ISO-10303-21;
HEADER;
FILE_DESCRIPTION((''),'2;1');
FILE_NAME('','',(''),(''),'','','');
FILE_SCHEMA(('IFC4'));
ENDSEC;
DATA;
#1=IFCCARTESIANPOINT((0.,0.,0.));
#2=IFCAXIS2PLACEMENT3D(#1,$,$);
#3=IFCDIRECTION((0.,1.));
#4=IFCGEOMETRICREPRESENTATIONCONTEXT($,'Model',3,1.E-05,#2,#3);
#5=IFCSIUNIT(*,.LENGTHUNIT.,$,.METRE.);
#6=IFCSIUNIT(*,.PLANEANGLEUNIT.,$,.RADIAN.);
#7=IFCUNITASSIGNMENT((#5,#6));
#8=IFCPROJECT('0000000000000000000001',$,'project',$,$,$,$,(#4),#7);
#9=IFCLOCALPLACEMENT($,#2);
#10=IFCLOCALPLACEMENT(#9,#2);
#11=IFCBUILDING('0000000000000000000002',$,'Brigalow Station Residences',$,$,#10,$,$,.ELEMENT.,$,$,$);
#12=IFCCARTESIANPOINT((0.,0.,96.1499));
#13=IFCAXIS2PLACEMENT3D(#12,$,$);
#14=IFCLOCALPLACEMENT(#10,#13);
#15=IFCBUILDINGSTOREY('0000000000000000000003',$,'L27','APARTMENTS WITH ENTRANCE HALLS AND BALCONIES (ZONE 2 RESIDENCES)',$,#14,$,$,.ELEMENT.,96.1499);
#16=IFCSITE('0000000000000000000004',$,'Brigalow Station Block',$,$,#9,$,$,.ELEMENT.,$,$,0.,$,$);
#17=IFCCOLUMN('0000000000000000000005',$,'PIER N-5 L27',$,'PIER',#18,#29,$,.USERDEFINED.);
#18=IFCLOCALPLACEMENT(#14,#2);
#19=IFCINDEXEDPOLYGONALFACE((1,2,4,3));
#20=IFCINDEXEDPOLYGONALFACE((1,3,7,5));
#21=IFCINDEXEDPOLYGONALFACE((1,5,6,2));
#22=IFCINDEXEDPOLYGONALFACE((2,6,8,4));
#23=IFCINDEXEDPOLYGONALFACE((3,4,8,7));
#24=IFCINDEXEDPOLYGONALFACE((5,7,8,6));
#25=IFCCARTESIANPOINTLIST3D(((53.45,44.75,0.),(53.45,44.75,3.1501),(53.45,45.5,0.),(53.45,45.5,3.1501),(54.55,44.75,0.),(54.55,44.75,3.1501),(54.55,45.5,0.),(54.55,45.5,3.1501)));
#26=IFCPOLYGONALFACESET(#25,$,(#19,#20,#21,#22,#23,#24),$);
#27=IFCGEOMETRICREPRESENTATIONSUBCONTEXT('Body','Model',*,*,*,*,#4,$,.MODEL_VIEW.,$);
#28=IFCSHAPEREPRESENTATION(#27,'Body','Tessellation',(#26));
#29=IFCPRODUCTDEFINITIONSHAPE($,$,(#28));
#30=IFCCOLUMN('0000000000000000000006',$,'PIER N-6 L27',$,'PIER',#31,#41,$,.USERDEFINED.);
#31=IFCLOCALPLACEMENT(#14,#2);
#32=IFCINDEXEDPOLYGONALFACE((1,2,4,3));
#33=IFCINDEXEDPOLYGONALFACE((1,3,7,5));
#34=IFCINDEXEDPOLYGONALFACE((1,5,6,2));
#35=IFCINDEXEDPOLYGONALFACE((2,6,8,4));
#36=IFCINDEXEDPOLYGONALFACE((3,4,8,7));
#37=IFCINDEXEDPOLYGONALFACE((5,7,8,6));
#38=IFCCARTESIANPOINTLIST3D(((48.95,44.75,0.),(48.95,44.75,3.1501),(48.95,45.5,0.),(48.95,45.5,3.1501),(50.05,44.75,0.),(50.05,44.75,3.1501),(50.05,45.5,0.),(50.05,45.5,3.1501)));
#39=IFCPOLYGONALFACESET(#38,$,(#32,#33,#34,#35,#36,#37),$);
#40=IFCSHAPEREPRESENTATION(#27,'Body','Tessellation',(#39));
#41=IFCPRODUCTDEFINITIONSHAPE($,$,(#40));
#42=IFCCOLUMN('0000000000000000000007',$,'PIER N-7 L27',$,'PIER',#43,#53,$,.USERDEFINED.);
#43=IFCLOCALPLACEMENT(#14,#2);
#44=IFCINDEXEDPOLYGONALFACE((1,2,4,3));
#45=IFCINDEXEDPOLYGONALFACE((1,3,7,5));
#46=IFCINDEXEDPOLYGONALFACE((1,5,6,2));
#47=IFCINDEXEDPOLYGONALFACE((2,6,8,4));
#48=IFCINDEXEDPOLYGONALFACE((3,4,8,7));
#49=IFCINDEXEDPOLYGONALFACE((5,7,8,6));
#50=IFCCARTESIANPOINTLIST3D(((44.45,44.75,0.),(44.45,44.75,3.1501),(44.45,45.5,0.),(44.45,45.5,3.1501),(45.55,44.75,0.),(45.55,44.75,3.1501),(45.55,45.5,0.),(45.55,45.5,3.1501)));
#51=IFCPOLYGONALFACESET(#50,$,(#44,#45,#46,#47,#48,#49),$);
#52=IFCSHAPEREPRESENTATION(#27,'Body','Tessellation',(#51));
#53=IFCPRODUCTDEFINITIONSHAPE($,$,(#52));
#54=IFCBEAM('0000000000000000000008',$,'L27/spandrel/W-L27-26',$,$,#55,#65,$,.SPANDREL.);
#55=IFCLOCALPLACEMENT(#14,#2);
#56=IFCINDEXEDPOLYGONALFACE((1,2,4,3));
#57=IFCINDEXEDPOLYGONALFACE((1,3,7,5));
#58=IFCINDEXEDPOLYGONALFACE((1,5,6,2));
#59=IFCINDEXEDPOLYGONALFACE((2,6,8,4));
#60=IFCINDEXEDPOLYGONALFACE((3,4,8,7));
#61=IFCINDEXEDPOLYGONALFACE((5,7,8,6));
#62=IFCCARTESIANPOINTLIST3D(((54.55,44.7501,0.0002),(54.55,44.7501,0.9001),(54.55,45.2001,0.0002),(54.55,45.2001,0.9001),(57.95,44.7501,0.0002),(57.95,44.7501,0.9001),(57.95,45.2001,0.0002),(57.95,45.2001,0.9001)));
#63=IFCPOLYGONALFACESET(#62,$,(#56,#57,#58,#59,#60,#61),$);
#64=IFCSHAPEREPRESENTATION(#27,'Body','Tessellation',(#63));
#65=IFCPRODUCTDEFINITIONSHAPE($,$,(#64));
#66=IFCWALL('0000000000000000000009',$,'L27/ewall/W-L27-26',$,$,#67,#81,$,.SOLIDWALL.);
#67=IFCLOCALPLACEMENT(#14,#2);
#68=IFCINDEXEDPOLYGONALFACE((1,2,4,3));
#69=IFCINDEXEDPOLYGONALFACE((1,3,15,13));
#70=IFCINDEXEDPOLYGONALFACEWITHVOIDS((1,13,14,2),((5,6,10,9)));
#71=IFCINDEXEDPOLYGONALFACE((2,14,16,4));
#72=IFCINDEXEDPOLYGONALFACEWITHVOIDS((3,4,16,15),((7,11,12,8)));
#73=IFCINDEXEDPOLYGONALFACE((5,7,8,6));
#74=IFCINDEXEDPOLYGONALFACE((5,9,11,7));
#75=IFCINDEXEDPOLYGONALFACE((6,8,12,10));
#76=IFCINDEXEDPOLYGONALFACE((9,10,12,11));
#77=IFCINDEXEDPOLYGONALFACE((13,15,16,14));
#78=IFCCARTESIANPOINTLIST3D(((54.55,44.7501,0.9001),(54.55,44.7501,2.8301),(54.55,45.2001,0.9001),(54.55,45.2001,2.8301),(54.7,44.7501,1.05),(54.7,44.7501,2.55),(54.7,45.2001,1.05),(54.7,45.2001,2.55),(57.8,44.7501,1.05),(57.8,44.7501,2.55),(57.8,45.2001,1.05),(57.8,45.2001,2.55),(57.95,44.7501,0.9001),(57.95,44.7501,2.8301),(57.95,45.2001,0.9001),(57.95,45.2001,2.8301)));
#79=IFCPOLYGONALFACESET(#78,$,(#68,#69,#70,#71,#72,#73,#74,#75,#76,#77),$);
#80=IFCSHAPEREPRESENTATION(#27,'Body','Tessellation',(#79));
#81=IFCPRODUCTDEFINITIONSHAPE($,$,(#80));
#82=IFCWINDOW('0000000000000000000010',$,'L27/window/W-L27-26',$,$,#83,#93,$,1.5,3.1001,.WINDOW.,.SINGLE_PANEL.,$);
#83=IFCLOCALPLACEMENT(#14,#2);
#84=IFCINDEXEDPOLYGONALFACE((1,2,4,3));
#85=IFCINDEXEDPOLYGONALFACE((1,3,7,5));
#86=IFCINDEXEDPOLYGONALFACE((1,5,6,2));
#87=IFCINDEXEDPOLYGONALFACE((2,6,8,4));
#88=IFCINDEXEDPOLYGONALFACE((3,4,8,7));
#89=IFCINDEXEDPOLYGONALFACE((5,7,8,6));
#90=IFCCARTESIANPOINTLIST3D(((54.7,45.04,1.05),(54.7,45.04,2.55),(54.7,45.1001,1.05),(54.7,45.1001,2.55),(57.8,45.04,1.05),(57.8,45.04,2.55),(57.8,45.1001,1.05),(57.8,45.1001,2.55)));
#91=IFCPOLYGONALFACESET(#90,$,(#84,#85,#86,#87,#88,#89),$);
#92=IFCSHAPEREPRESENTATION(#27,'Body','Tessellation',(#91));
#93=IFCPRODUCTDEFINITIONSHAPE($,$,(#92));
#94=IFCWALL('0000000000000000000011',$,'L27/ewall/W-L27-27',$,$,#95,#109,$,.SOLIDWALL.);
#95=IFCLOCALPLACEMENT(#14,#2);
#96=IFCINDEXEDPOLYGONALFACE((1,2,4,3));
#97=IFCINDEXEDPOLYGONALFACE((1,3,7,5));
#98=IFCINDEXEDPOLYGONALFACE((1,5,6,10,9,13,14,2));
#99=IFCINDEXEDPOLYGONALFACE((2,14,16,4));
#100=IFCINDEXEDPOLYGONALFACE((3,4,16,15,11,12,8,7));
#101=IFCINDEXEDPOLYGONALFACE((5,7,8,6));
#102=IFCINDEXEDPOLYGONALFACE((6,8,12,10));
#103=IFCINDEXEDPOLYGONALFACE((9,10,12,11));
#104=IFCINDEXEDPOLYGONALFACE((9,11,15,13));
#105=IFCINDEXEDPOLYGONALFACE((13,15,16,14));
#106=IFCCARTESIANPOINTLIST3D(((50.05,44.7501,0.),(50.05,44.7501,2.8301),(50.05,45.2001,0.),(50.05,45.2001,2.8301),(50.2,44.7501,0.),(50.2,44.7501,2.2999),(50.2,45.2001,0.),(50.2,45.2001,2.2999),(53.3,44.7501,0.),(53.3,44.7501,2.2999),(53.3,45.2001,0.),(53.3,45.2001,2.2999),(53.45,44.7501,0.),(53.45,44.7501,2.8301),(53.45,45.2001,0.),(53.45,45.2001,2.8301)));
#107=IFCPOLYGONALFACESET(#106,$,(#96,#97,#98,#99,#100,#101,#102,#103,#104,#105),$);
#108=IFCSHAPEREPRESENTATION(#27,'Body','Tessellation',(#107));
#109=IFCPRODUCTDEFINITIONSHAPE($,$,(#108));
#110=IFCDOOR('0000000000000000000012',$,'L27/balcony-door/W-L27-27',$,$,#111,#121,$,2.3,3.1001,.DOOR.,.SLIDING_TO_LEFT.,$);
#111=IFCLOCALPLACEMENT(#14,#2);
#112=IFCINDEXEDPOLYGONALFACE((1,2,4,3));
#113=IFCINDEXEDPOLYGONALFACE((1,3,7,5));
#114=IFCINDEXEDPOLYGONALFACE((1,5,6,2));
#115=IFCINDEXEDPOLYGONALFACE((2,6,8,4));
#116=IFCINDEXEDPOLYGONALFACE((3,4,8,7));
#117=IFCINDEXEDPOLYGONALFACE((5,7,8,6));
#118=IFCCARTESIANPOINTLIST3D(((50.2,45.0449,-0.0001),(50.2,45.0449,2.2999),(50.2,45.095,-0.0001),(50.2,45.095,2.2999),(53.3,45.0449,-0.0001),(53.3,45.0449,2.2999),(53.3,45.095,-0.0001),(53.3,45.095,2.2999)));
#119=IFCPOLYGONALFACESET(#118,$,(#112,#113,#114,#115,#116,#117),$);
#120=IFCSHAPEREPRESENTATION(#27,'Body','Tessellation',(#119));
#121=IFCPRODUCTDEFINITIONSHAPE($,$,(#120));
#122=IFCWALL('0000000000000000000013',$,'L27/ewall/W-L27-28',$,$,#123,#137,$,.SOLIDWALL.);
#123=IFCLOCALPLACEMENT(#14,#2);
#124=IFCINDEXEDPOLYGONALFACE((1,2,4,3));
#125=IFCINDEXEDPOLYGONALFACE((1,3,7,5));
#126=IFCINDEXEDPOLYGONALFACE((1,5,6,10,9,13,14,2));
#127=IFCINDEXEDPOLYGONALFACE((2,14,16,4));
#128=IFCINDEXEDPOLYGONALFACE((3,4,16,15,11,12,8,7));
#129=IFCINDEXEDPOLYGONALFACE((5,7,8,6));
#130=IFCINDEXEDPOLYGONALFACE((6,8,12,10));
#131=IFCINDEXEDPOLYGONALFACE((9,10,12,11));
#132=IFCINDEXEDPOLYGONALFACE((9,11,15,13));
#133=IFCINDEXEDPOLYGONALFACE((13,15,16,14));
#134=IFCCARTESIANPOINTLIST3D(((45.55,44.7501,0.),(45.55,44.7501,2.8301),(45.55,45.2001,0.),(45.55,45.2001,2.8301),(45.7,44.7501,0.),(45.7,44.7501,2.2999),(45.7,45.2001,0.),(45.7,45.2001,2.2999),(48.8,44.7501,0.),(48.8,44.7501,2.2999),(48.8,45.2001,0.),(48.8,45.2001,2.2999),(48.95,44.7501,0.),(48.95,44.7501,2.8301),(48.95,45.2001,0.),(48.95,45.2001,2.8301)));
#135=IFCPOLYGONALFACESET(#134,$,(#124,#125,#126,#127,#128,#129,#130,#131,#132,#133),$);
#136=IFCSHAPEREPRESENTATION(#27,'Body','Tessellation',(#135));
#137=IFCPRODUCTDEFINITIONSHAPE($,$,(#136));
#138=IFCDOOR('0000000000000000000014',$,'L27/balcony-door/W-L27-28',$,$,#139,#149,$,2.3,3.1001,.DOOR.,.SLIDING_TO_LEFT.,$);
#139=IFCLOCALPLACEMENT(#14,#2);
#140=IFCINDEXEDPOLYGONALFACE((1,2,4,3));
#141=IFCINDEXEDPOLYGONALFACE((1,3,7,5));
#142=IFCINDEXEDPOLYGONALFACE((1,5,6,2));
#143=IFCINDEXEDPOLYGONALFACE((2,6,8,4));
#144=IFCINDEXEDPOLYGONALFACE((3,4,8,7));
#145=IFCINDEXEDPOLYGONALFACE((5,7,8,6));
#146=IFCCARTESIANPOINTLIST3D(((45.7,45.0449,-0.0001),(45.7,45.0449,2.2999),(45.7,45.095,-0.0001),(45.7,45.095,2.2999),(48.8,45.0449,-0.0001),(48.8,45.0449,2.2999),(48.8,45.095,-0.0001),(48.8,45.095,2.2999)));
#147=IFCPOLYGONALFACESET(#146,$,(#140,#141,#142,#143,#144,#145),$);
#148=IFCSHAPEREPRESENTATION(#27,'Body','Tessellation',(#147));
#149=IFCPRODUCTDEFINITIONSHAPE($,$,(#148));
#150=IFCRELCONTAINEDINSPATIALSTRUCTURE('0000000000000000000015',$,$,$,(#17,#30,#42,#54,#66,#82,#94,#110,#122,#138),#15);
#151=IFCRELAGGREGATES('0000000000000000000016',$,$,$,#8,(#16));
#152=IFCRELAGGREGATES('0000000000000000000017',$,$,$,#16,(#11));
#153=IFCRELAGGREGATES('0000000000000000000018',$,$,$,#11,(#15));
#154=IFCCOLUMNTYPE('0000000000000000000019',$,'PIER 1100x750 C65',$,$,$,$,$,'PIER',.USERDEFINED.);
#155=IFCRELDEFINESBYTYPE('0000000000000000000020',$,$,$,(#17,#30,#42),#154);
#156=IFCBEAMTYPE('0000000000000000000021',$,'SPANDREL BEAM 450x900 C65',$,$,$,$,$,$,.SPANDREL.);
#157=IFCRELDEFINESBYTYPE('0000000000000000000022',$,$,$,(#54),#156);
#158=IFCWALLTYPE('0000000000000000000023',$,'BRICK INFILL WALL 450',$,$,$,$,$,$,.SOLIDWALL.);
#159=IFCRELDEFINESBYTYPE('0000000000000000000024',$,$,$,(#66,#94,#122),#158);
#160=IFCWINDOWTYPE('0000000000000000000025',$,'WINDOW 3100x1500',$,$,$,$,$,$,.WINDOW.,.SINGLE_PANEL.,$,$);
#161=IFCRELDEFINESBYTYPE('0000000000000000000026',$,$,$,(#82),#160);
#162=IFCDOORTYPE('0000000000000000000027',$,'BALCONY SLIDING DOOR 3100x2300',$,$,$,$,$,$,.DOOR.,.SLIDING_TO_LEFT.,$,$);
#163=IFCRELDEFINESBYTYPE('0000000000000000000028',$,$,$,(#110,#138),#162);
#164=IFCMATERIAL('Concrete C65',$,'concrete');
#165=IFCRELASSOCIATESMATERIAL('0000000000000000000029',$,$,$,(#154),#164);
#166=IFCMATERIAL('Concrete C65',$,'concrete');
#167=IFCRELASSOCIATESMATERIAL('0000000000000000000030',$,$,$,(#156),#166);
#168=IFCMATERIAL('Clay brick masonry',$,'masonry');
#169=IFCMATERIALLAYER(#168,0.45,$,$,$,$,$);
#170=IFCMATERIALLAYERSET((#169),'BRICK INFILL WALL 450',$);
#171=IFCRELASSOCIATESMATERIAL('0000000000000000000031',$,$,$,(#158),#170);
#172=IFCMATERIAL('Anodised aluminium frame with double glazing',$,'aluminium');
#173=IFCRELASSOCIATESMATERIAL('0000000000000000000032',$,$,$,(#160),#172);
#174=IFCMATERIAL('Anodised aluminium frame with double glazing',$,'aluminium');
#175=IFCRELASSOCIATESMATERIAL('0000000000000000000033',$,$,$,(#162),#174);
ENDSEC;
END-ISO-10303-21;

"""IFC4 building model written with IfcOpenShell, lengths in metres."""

from ifc_helpers import new_model, si_unit, direction, frame, frame_2d, origin, origin_2d, place, context, subcontext, project, spatial, rectangle, extrude, material, layer, layer_set, material_profile, profile_set, type_object, element, fill, save


model = new_model("IFC4")

# Units and contexts
model_context = context("Model", 3, precision=1e-05, world=origin(), true_north=direction((0.0, 1.0)))
body_context = subcontext(model_context, "Body", "Model", "MODEL_VIEW")
ifc_project = project(units=[si_unit("LENGTHUNIT", "METRE"), si_unit("PLANEANGLEUNIT", "RADIAN")], contexts=[model_context])

# Site, building, storey
site_placement = place(None, origin())
site = spatial("IfcSite", under=ifc_project, at=site_placement, Name="Brigalow Station Block", CompositionType="ELEMENT", RefElevation=0.0)
building_placement = place(site_placement, origin())
building = spatial("IfcBuilding", under=site, at=building_placement, Name="Brigalow Station Residences", CompositionType="ELEMENT")
storey_placement = place(building_placement, frame((0.0, 0.0, 96.1499)))
storey = spatial("IfcBuildingStorey", under=building, at=storey_placement, Name="L27", Description="APARTMENTS WITH ENTRANCE HALLS AND BALCONIES (ZONE 2 RESIDENCES)", CompositionType="ELEMENT", Elevation=96.1499)

# Columns
ifc_material_1 = material(Name="Concrete C65", Category="concrete")
ifc_material_profile_1 = material_profile(ifc_material_1, rectangle(XDim=1.1001, YDim=0.75, at=origin_2d()), Name="RC1100x750")
ifc_profile_set_1 = profile_set([ifc_material_profile_1], Name="Concrete C65")
column_type = type_object("IfcColumnType", Name="PIER 1100x750 C65", ElementType="PIER", PredefinedType="USERDEFINED", material=ifc_profile_set_1)
for number, where, z_axis, x_axis, name in (
    (1, (54.0, 45.125, 0.0), (0.0, 0.0, 1.0), (-1.0, 0.0, 0.0), "PIER N-5 L27"),
    (2, (49.5, 45.125, 0.0), (0.0, 0.0, 1.0), (-1.0, 0.0, 0.0), "PIER N-6 L27"),
    (3, (45.0, 45.125, 0.0), (0.0, 0.0, 1.0), (-1.0, 0.0, 0.0), "PIER N-7 L27"),
):
    element("IfcColumn", number, at=place(storey_placement, frame(where, z_axis=z_axis, x_axis=x_axis)), inside=storey, type_object=column_type, Name=name, ObjectType="PIER", PredefinedType="USERDEFINED", context=body_context, shape_type="SweptSolid", body=[
        extrude(rectangle(XDim=1.1001, YDim=0.75, at=origin_2d()), origin(), (0.0, 0.0, 1.0), 3.1501),
    ])

# Beam
ifc_material_2 = material(Name="Concrete C65", Category="concrete")
ifc_material_profile_2 = material_profile(ifc_material_2, rectangle(XDim=0.45, YDim=0.8999, at=origin_2d()), Name="RC450x900")
ifc_profile_set_2 = profile_set([ifc_material_profile_2], Name="Concrete C65")
beam_type = type_object("IfcBeamType", Name="SPANDREL BEAM 450x900 C65", PredefinedType="SPANDREL", material=ifc_profile_set_2)
beam_placement = place(storey_placement, frame((57.95, 44.9751, 0.4502), z_axis=(-1.0, 0.0, 0.0), x_axis=(0.0, -1.0, 0.0)))
element("IfcBeam", 4, at=beam_placement, inside=storey, type_object=beam_type, Name="L27/spandrel/W-L27-26", PredefinedType="SPANDREL", context=body_context, shape_type="SweptSolid", body=[
    extrude(rectangle(XDim=0.45, YDim=0.8999, at=origin_2d()), origin(), (0.0, 0.0, 1.0), 3.3999),
])

# Wall, opening, window
ifc_material_3 = material(Name="Clay brick masonry", Category="masonry")
ifc_layer_1 = layer(ifc_material_3, 0.45)
ifc_layer_set_1 = layer_set([ifc_layer_1], Name="BRICK INFILL WALL 450")
wall_type_1 = type_object("IfcWallType", Name="BRICK INFILL WALL 450", PredefinedType="SOLIDWALL", material=ifc_layer_set_1)
wall_1_placement = place(storey_placement, frame((57.95, 44.9751, 0.9001), z_axis=(0.0, 0.0, 1.0), x_axis=(-1.0, 0.0, 0.0)))
wall_1 = element("IfcWall", 5, at=wall_1_placement, inside=storey, type_object=wall_type_1, Name="L27/ewall/W-L27-26", PredefinedType="SOLIDWALL", context=body_context, shape_type="SweptSolid", body=[
    extrude(rectangle(XDim=3.3999, YDim=0.45, at=frame_2d((1.7, 0.0))), origin(), (0.0, 0.0, 1.0), 1.9299),
])
opening_1_placement = place(wall_1_placement, frame((0.1499, 0.0, 0.1499)))
opening_1 = element("IfcOpeningElement", 6, at=opening_1_placement, cuts=wall_1, PredefinedType="OPENING", context=body_context, shape_type="SweptSolid", body=[
    extrude(rectangle(XDim=3.1001, YDim=1.5, at=frame_2d((1.55, 0.75))), frame((0.0, 0.2349, 0.0), z_axis=(0.0, -1.0, 0.0), x_axis=(1.0, 0.0, 0.0)), (0.0, 0.0, 1.0), 0.47),
])
ifc_material_4 = material(Name="Anodised aluminium frame with double glazing", Category="aluminium")
window_type = type_object("IfcWindowType", Name="WINDOW 3100x1500", PartitioningType="SINGLE_PANEL", PredefinedType="WINDOW", material=ifc_material_4)
window_placement = place(opening_1_placement, origin())
window = element("IfcWindow", 7, at=window_placement, inside=storey, type_object=window_type, Name="L27/window/W-L27-26", OverallHeight=1.5, OverallWidth=3.1001, PartitioningType="SINGLE_PANEL", PredefinedType="WINDOW", context=body_context, shape_type="SweptSolid", body=[
    extrude(rectangle(XDim=3.1001, YDim=1.5, at=frame_2d((1.55, 0.75))), frame((0.0, -0.0649, 0.0), z_axis=(0.0, -1.0, 0.0), x_axis=(1.0, 0.0, 0.0)), (0.0, 0.0, 1.0), 0.0601),
])
fill(opening_1, window)

# Walls, openings, doors
wall_2_placement = place(storey_placement, frame((53.45, 44.9751, 0.0), z_axis=(0.0, 0.0, 1.0), x_axis=(-1.0, 0.0, 0.0)))
wall_2 = element("IfcWall", 8, at=wall_2_placement, inside=storey, type_object=wall_type_1, Name="L27/ewall/W-L27-27", PredefinedType="SOLIDWALL", context=body_context, shape_type="SweptSolid", body=[
    extrude(rectangle(XDim=3.3999, YDim=0.45, at=frame_2d((1.7, 0.0))), origin(), (0.0, 0.0, 1.0), 2.8301),
])
opening_2_placement = place(wall_2_placement, frame((0.1499, 0.0, 0.0)))
opening_2 = element("IfcOpeningElement", 9, at=opening_2_placement, cuts=wall_2, PredefinedType="OPENING", context=body_context, shape_type="SweptSolid", body=[
    extrude(rectangle(XDim=3.1001, YDim=2.3, at=frame_2d((1.55, 1.1499))), frame((0.0, 0.2349, 0.0), z_axis=(0.0, -1.0, 0.0), x_axis=(1.0, 0.0, 0.0)), (0.0, 0.0, 1.0), 0.47),
])
ifc_material_5 = material(Name="Anodised aluminium frame with double glazing", Category="aluminium")
door_type_1 = type_object("IfcDoorType", Name="BALCONY SLIDING DOOR 3100x2300", OperationType="SLIDING_TO_LEFT", PredefinedType="DOOR", material=ifc_material_5)
door_1_placement = place(opening_2_placement, origin())
door_1 = element("IfcDoor", 10, at=door_1_placement, inside=storey, type_object=door_type_1, Name="L27/balcony-door/W-L27-27", OperationType="SLIDING_TO_LEFT", OverallHeight=2.3, OverallWidth=3.1001, PredefinedType="DOOR", context=body_context, shape_type="SweptSolid", body=[
    extrude(rectangle(XDim=3.1001, YDim=2.3, at=frame_2d((1.55, 1.1499))), frame((0.0, -0.0698, 0.0), z_axis=(0.0, -1.0, 0.0), x_axis=(1.0, 0.0, 0.0)), (0.0, 0.0, 1.0), 0.05),
])
fill(opening_2, door_1)
wall_3_placement = place(storey_placement, frame((48.95, 44.9751, 0.0), z_axis=(0.0, 0.0, 1.0), x_axis=(-1.0, 0.0, 0.0)))
wall_3 = element("IfcWall", 11, at=wall_3_placement, inside=storey, type_object=wall_type_1, Name="L27/ewall/W-L27-28", PredefinedType="SOLIDWALL", context=body_context, shape_type="SweptSolid", body=[
    extrude(rectangle(XDim=3.3999, YDim=0.45, at=frame_2d((1.7, 0.0))), origin(), (0.0, 0.0, 1.0), 2.8301),
])
opening_3_placement = place(wall_3_placement, frame((0.1499, 0.0, 0.0)))
opening_3 = element("IfcOpeningElement", 12, at=opening_3_placement, cuts=wall_3, PredefinedType="OPENING", context=body_context, shape_type="SweptSolid", body=[
    extrude(rectangle(XDim=3.1001, YDim=2.3, at=frame_2d((1.55, 1.1499))), frame((0.0, 0.2349, 0.0), z_axis=(0.0, -1.0, 0.0), x_axis=(1.0, 0.0, 0.0)), (0.0, 0.0, 1.0), 0.47),
])
door_2_placement = place(opening_3_placement, origin())
door_2 = element("IfcDoor", 13, at=door_2_placement, inside=storey, type_object=door_type_1, Name="L27/balcony-door/W-L27-28", OperationType="SLIDING_TO_LEFT", OverallHeight=2.3, OverallWidth=3.1001, PredefinedType="DOOR", context=body_context, shape_type="SweptSolid", body=[
    extrude(rectangle(XDim=3.1001, YDim=2.3, at=frame_2d((1.55, 1.1499))), frame((0.0, -0.0698, 0.0), z_axis=(0.0, -1.0, 0.0), x_axis=(1.0, 0.0, 0.0)), (0.0, 0.0, 1.0), 0.05),
])
fill(opening_3, door_2)

save(model, "model.ifc")
